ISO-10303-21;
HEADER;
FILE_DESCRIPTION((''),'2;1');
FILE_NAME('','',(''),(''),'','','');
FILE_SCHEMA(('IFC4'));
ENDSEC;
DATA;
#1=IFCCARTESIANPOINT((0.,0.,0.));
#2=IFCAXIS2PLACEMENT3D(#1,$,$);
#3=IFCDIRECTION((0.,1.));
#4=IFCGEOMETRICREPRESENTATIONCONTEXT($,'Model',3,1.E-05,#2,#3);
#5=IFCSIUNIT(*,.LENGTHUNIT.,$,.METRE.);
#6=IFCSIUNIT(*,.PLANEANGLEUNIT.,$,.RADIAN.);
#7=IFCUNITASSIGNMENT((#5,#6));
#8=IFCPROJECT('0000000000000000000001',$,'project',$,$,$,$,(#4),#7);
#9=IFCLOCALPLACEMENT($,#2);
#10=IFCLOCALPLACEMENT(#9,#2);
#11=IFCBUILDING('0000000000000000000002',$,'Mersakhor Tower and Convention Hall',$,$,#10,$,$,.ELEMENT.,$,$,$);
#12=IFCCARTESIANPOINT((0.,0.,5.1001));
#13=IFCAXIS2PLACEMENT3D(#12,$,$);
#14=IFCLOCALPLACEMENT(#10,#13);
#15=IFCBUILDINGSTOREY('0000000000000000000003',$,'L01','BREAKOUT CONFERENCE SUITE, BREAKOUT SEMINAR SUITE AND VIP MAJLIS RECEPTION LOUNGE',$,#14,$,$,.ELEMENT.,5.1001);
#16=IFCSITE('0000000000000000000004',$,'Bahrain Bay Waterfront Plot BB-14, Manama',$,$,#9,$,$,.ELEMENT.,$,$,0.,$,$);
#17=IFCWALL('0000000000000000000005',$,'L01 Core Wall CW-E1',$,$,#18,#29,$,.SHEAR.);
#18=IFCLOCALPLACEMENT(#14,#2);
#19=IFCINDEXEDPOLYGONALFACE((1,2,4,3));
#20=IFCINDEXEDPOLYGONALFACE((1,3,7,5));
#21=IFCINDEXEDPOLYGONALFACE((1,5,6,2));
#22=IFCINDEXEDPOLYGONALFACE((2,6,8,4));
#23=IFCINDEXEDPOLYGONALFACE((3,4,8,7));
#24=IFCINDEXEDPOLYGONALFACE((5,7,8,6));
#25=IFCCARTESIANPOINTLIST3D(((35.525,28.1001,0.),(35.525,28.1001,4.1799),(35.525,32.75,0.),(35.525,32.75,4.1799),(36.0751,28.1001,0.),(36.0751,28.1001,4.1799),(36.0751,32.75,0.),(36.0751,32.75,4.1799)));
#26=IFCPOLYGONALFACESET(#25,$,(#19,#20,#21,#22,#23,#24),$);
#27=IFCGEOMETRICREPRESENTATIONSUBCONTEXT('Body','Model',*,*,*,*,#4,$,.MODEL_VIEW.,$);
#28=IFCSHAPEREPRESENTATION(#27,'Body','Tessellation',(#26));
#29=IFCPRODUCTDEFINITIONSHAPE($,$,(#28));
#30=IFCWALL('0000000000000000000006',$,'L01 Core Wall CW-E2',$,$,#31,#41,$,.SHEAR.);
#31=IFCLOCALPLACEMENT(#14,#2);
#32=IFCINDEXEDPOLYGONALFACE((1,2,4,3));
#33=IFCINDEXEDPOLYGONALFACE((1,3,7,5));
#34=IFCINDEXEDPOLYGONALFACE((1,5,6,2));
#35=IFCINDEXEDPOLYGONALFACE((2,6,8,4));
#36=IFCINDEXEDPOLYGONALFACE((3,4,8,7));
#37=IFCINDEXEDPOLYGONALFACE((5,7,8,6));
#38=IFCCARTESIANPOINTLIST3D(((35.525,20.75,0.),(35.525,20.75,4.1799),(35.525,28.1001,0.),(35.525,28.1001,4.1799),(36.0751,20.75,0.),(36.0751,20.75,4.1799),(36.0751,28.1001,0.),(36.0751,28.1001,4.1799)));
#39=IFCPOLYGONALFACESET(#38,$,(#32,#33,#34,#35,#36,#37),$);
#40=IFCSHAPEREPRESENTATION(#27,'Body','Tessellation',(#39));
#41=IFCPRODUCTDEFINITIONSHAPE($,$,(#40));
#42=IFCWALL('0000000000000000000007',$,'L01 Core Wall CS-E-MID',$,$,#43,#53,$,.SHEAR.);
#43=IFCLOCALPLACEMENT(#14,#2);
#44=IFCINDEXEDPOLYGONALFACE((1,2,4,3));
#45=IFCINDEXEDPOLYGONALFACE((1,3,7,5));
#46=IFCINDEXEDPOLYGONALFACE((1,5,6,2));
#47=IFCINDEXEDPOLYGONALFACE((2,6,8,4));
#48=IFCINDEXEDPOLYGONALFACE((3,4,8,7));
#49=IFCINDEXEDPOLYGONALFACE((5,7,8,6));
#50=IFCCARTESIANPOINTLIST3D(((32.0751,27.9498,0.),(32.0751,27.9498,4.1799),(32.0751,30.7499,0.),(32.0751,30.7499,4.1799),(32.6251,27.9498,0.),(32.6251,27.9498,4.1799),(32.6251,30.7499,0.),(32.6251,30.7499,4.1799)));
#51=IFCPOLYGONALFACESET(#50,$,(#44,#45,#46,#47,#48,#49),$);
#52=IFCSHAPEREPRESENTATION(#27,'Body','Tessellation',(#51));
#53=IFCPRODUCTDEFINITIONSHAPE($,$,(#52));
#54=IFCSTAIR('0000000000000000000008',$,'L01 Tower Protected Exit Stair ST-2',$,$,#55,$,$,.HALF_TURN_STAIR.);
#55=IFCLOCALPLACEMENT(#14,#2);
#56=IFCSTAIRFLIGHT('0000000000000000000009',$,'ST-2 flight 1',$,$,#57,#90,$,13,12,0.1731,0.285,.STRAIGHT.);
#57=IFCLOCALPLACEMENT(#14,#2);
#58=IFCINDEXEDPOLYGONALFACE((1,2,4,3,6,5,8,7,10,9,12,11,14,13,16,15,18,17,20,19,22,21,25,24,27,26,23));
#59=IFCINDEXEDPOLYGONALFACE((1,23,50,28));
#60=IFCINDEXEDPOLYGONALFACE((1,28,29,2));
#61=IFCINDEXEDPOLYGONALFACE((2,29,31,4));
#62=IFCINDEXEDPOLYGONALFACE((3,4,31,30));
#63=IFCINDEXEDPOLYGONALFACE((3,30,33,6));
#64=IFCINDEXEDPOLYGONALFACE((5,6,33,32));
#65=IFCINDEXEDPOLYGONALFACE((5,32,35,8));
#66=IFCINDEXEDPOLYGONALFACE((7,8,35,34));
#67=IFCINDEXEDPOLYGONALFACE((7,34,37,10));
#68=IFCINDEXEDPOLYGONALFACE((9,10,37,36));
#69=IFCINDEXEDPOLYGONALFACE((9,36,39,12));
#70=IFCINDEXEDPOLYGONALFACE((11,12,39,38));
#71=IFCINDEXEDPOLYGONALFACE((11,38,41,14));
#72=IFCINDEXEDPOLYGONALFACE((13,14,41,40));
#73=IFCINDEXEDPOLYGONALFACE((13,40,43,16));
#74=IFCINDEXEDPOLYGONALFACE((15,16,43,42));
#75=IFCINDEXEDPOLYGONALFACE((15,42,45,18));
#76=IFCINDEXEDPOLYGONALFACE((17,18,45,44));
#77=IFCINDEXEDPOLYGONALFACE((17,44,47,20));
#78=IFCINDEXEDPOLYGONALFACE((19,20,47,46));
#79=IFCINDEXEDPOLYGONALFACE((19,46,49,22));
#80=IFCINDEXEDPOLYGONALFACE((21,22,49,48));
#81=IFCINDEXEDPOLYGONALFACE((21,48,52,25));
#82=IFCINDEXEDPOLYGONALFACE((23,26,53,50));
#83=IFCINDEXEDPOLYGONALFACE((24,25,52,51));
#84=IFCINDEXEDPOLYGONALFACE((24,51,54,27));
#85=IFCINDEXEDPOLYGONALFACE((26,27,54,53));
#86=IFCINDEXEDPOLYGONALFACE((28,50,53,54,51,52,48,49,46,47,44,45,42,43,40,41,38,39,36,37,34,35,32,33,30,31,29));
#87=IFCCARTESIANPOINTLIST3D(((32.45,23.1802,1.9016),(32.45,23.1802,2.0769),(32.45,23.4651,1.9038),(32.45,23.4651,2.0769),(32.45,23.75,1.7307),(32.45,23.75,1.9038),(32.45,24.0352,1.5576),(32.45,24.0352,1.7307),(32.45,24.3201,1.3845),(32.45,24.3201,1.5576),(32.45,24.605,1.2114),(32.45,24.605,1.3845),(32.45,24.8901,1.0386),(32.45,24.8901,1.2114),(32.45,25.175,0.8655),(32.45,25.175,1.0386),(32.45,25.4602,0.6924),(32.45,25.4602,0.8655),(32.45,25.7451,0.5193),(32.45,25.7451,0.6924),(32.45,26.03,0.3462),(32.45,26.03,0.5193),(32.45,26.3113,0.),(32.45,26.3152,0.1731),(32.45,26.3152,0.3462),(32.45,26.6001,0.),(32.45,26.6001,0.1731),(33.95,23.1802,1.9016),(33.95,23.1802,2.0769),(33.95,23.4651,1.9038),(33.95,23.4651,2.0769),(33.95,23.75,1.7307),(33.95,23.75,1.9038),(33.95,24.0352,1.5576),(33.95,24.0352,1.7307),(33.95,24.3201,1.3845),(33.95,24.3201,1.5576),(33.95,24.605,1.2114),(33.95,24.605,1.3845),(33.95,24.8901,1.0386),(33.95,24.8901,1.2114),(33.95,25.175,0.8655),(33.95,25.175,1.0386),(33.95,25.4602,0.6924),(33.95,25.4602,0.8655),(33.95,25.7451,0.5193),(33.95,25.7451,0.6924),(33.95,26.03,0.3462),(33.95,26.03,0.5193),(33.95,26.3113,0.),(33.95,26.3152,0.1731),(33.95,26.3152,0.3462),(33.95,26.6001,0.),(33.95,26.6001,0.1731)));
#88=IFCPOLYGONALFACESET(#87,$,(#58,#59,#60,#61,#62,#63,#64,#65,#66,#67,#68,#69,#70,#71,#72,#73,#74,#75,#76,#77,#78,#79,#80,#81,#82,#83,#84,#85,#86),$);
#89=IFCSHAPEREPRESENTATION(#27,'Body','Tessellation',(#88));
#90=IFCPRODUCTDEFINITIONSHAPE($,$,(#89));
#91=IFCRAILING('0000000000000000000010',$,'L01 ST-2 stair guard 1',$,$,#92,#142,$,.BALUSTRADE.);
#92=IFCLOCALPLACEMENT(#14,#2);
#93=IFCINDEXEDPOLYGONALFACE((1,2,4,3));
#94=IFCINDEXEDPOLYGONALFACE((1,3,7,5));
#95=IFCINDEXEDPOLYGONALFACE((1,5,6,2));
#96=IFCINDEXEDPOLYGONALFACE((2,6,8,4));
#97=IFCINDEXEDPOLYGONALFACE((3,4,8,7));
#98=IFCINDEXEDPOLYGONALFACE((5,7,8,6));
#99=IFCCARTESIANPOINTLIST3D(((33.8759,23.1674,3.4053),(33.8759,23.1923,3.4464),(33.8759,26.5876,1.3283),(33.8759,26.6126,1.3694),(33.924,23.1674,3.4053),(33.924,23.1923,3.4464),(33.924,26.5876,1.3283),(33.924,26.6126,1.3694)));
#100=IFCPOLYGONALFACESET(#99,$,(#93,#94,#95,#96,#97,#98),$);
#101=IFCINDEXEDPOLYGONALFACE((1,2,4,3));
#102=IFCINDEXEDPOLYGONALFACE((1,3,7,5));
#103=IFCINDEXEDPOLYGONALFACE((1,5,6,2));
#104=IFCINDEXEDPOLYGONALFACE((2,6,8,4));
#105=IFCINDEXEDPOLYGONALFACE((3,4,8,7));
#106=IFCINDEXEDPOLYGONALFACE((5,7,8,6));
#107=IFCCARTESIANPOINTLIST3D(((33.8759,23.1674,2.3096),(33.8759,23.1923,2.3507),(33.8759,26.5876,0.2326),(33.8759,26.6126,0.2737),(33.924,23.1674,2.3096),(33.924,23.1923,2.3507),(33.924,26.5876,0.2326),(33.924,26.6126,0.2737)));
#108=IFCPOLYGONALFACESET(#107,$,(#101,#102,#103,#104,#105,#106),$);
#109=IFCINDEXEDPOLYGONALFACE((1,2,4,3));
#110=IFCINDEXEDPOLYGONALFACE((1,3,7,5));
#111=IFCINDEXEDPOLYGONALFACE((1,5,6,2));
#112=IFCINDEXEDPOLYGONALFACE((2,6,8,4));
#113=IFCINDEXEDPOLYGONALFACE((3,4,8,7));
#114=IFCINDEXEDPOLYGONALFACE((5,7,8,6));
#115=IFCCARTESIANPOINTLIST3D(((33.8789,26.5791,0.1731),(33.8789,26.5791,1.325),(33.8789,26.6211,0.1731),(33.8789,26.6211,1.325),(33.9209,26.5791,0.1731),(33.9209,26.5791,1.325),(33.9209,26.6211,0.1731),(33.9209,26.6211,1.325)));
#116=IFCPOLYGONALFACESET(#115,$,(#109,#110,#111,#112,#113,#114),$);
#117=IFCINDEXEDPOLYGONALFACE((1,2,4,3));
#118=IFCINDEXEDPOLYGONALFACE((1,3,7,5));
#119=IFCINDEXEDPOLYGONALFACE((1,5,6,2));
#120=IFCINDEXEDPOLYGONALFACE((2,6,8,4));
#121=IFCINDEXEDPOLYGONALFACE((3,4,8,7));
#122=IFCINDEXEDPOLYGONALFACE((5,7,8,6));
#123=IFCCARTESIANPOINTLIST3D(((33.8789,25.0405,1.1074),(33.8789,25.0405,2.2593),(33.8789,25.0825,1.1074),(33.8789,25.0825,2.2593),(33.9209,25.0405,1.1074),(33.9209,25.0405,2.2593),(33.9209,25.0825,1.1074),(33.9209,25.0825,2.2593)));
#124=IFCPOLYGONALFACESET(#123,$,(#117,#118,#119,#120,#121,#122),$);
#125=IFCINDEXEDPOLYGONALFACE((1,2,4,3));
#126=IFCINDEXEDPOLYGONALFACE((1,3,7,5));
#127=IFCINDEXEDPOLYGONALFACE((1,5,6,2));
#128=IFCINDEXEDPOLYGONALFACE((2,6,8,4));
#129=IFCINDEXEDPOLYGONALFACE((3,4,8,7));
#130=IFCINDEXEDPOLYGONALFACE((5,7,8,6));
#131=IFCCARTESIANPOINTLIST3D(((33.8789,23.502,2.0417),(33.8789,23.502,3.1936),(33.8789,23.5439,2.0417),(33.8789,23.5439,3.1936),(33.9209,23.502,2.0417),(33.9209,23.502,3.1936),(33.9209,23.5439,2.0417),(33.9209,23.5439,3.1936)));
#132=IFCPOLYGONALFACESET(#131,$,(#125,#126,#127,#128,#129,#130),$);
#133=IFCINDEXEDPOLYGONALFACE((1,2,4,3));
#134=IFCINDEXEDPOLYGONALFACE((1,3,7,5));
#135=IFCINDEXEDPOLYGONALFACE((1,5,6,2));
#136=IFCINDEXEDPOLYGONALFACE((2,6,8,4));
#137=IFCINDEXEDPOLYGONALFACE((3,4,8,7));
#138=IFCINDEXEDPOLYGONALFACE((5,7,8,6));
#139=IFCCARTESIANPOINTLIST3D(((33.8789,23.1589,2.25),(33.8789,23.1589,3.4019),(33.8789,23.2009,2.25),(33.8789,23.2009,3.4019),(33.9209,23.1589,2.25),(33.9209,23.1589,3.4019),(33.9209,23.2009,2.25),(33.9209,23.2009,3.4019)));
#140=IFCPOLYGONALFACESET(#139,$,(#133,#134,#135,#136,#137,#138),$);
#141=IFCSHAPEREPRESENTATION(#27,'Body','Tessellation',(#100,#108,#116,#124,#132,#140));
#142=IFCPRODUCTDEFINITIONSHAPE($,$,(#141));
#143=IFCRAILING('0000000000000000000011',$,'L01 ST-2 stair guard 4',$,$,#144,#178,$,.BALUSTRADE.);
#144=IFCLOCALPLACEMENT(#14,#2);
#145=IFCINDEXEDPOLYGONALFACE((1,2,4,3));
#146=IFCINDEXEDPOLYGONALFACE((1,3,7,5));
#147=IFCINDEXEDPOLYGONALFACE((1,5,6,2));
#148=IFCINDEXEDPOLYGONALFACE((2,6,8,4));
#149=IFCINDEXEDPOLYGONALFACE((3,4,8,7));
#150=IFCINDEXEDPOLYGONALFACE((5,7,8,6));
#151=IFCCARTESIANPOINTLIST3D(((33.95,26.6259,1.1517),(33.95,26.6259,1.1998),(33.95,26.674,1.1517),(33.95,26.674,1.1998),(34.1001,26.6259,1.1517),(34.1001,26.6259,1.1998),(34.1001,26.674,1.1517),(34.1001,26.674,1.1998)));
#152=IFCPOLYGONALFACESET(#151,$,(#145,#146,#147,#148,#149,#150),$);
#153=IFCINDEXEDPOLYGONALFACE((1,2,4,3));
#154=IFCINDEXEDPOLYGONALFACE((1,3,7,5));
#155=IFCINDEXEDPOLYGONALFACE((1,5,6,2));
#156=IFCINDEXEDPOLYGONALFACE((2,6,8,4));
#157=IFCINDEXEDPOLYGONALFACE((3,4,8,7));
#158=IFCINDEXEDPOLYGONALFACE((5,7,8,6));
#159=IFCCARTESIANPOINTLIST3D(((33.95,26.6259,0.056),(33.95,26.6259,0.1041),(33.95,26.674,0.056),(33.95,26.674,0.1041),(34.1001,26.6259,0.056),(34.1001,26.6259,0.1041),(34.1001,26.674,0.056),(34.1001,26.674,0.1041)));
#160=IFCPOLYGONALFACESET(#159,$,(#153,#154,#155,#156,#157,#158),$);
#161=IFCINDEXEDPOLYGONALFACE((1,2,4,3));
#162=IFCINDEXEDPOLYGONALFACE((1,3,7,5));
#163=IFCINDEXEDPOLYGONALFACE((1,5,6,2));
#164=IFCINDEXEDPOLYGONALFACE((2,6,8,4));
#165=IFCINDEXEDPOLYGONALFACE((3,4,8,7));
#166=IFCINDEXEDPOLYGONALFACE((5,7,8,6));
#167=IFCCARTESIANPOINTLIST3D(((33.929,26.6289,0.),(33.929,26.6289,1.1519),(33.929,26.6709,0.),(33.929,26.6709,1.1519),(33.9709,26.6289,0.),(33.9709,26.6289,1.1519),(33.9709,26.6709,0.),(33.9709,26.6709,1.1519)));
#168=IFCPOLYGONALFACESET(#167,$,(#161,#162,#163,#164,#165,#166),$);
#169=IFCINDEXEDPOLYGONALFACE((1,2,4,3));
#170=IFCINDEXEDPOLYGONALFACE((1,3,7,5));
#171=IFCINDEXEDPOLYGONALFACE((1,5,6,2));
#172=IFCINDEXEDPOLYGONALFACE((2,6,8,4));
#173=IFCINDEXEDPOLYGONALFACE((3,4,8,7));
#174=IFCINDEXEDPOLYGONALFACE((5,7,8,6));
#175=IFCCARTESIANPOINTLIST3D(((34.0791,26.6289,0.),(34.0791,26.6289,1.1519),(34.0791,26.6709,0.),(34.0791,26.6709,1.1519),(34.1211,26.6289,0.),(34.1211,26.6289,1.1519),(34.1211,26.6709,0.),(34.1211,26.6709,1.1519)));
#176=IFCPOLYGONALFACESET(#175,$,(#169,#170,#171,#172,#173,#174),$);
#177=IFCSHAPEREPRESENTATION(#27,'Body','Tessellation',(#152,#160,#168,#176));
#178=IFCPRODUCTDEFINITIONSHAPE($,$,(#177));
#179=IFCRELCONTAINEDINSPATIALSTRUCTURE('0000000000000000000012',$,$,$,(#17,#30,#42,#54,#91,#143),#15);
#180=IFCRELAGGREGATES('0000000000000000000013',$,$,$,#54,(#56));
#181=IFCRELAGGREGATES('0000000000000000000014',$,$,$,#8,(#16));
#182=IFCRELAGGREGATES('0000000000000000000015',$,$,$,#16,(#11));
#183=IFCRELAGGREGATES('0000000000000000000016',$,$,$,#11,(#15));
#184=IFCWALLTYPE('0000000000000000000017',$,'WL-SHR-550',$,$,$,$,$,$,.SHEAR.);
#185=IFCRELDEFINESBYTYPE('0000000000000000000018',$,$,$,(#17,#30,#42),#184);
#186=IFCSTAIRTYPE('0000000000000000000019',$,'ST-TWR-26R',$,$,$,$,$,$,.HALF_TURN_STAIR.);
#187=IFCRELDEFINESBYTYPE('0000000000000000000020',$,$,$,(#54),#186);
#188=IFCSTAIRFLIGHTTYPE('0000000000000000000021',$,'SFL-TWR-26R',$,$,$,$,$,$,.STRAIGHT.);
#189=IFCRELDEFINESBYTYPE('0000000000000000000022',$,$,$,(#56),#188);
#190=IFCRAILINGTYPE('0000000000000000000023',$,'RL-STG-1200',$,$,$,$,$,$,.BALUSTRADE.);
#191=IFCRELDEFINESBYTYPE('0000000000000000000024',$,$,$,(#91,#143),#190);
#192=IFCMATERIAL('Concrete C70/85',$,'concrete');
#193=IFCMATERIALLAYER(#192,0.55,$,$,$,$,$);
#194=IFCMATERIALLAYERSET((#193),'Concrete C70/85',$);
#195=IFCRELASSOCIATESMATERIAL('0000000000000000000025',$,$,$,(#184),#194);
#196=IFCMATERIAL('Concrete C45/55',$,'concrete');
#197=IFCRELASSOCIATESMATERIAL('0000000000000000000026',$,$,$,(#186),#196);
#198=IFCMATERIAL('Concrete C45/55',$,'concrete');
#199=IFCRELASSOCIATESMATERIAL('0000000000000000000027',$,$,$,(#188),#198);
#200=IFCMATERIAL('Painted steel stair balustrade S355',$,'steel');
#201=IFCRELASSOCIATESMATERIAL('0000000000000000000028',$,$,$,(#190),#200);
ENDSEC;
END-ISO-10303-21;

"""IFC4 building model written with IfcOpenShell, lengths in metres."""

from ifc_helpers import new_model, si_unit, direction, frame, frame_2d, origin, origin_2d, place, context, subcontext, project, spatial, polyline, rectangle, outline, extrude, material, layer, layer_set, type_object, element, aggregate, save


model = new_model("IFC4")

# Units and contexts
model_context = context("Model", 3, precision=1e-05, world=origin(), true_north=direction((0.0, 1.0)))
body_context = subcontext(model_context, "Body", "Model", "MODEL_VIEW")
ifc_project = project(units=[si_unit("LENGTHUNIT", "METRE"), si_unit("PLANEANGLEUNIT", "RADIAN")], contexts=[model_context])

# Site, building, storey
site_placement = place(None, origin())
site = spatial("IfcSite", under=ifc_project, at=site_placement, Name="Bahrain Bay Waterfront Plot BB-14, Manama", CompositionType="ELEMENT", RefElevation=0.0)
building_placement = place(site_placement, origin())
building = spatial("IfcBuilding", under=site, at=building_placement, Name="Mersakhor Tower and Convention Hall", CompositionType="ELEMENT")
storey_placement = place(building_placement, frame((0.0, 0.0, 5.1001)))
storey = spatial("IfcBuildingStorey", under=building, at=storey_placement, Name="L01", Description="BREAKOUT CONFERENCE SUITE, BREAKOUT SEMINAR SUITE AND VIP MAJLIS RECEPTION LOUNGE", CompositionType="ELEMENT", Elevation=5.1001)

# Shared definitions
ifc_material_1 = material(Name="Concrete C70/85", Category="concrete")
ifc_layer_1 = layer(ifc_material_1, 0.55)
ifc_layer_set_1 = layer_set([ifc_layer_1], Name="Concrete C70/85")
wall_type_1 = type_object("IfcWallType", Name="WL-SHR-550", PredefinedType="SHEAR", material=ifc_layer_set_1)

# Walls
wall_1_placement = place(storey_placement, frame((35.8, 32.75, 0.0), z_axis=(0.0, 0.0, 1.0), x_axis=(0.0, -1.0, 0.0)))
element("IfcWall", 1, at=wall_1_placement, inside=storey, type_object=wall_type_1, Name="L01 Core Wall CW-E1", PredefinedType="SHEAR", context=body_context, shape_type="SweptSolid", body=[
    extrude(rectangle(XDim=4.6499, YDim=0.55, at=frame_2d((2.325, 0.0))), origin(), (0.0, 0.0, 1.0), 4.1799),
])
wall_2_placement = place(storey_placement, frame((35.8, 28.1001, 0.0), z_axis=(0.0, 0.0, 1.0), x_axis=(0.0, -1.0, 0.0)))
element("IfcWall", 2, at=wall_2_placement, inside=storey, type_object=wall_type_1, Name="L01 Core Wall CW-E2", PredefinedType="SHEAR", context=body_context, shape_type="SweptSolid", body=[
    extrude(rectangle(XDim=7.3501, YDim=0.55, at=frame_2d((3.675, 0.0))), origin(), (0.0, 0.0, 1.0), 4.1799),
])
wall_3_placement = place(storey_placement, frame((32.3501, 27.95, 0.0), z_axis=(0.0, 0.0, 1.0), x_axis=(0.0, 1.0, 0.0)))
element("IfcWall", 3, at=wall_3_placement, inside=storey, type_object=wall_type_1, Name="L01 Core Wall CS-E-MID", PredefinedType="SHEAR", context=body_context, shape_type="SweptSolid", body=[
    extrude(rectangle(XDim=2.8, YDim=0.55, at=frame_2d((1.3999, 0.0))), origin(), (0.0, 0.0, 1.0), 4.1799),
])

# Stair, stair flight
ifc_material_2 = material(Name="Concrete C45/55", Category="concrete")
stair_type = type_object("IfcStairType", Name="ST-TWR-26R", PredefinedType="HALF_TURN_STAIR", material=ifc_material_2)
stair_placement = place(storey_placement, origin())
stair = element("IfcStair", 4, at=stair_placement, inside=storey, type_object=stair_type, Name="L01 Tower Protected Exit Stair ST-2", PredefinedType="HALF_TURN_STAIR")
ifc_material_3 = material(Name="Concrete C45/55", Category="concrete")
stair_flight_type = type_object("IfcStairFlightType", Name="SFL-TWR-26R", PredefinedType="STRAIGHT", material=ifc_material_3)
stair_flight_placement = place(storey_placement, frame((33.2, 26.6001, 0.0), z_axis=(0.0, 0.0, 1.0), x_axis=(0.0, -1.0, 0.0)))
stair_flight = element("IfcStairFlight", 5, at=stair_flight_placement, type_object=stair_flight_type, Name="ST-2 flight 1", NumberOfRisers=13, NumberOfTreads=12, PredefinedType="STRAIGHT", RiserHeight=0.1731, TreadLength=0.285, context=body_context, shape_type="SweptSolid", body=[
    extrude(outline(polyline([(0.0, 0.0), (0.0, 0.1731), (0.2849, 0.1731), (0.2849, 0.3462), (0.5701, 0.3462), (0.5701, 0.5193), (0.855, 0.5193), (0.855, 0.6924), (1.1399, 0.6924), (1.1399, 0.8655), (1.425, 0.8655), (1.425, 1.0386), (1.71, 1.0386), (1.71, 1.2114), (1.9951, 1.2114), (1.9951, 1.3845), (2.28, 1.3845), (2.28, 1.5576), (2.5649, 1.5576), (2.5649, 1.7307), (2.8501, 1.7307), (2.8501, 1.9038), (3.135, 1.9038), (3.135, 2.0769), (3.4199, 2.0769), (3.4199, 2.25), (3.4199, 1.9016), (0.2888, 0.0), (0.0, 0.0)])), frame((0.0, 0.75, 0.0), z_axis=(0.0, -1.0, 0.0), x_axis=(1.0, 0.0, 0.0)), (0.0, 0.0, 1.0), 1.5),
])
aggregate(stair, [stair_flight])

# Railings
ifc_material_4 = material(Name="Painted steel stair balustrade S355", Category="steel")
railing_type = type_object("IfcRailingType", Name="RL-STG-1200", PredefinedType="BALUSTRADE", material=ifc_material_4)
railing_1_placement = place(storey_placement, frame((33.8999, 26.6001, 0.1731)))
element("IfcRailing", 6, at=railing_1_placement, inside=storey, type_object=railing_type, Name="L01 ST-2 stair guard 1", PredefinedType="BALUSTRADE", context=body_context, shape_type="SweptSolid", body=[
    extrude(rectangle(XDim=0.0481, YDim=0.0481, at=origin_2d()), frame((0.0, 0.0, 1.1758), z_axis=(0.0, -0.854746, 0.519047), x_axis=(1.0, 0.0, 0.0)), (0.0, 0.0, 1.0), 4.0015),
    extrude(rectangle(XDim=0.0481, YDim=0.0481, at=origin_2d()), frame((0.0, 0.0, 0.0801), z_axis=(0.0, -0.854746, 0.519047), x_axis=(1.0, 0.0, 0.0)), (0.0, 0.0, 1.0), 4.0015),
    extrude(rectangle(XDim=0.042, YDim=0.042, at=origin_2d()), origin(), (0.0, 0.0, 1.0), 1.1519),
    extrude(rectangle(XDim=0.042, YDim=0.042, at=origin_2d()), frame((0.0, -1.5386, 0.9343)), (0.0, 0.0, 1.0), 1.1519),
    extrude(rectangle(XDim=0.042, YDim=0.042, at=origin_2d()), frame((0.0, -3.0771, 1.8687)), (0.0, 0.0, 1.0), 1.1519),
    extrude(rectangle(XDim=0.042, YDim=0.042, at=origin_2d()), frame((0.0, -3.4202, 2.0769)), (0.0, 0.0, 1.0), 1.1519),
])
railing_2_placement = place(storey_placement, frame((33.95, 26.6499, 0.0)))
element("IfcRailing", 7, at=railing_2_placement, inside=storey, type_object=railing_type, Name="L01 ST-2 stair guard 4", PredefinedType="BALUSTRADE", context=body_context, shape_type="SweptSolid", body=[
    extrude(rectangle(XDim=0.0481, YDim=0.0481, at=origin_2d()), frame((0.0, 0.0, 1.1758), z_axis=(1.0, 0.0, 0.0), x_axis=(0.0, 1.0, 0.0)), (0.0, 0.0, 1.0), 0.1501),
    extrude(rectangle(XDim=0.0481, YDim=0.0481, at=origin_2d()), frame((0.0, 0.0, 0.0801), z_axis=(1.0, 0.0, 0.0), x_axis=(0.0, 1.0, 0.0)), (0.0, 0.0, 1.0), 0.1501),
    extrude(rectangle(XDim=0.042, YDim=0.042, at=origin_2d()), origin(), (0.0, 0.0, 1.0), 1.1519),
    extrude(rectangle(XDim=0.042, YDim=0.042, at=origin_2d()), frame((0.1501, 0.0, 0.0)), (0.0, 0.0, 1.0), 1.1519),
])

save(model, "model.ifc")
